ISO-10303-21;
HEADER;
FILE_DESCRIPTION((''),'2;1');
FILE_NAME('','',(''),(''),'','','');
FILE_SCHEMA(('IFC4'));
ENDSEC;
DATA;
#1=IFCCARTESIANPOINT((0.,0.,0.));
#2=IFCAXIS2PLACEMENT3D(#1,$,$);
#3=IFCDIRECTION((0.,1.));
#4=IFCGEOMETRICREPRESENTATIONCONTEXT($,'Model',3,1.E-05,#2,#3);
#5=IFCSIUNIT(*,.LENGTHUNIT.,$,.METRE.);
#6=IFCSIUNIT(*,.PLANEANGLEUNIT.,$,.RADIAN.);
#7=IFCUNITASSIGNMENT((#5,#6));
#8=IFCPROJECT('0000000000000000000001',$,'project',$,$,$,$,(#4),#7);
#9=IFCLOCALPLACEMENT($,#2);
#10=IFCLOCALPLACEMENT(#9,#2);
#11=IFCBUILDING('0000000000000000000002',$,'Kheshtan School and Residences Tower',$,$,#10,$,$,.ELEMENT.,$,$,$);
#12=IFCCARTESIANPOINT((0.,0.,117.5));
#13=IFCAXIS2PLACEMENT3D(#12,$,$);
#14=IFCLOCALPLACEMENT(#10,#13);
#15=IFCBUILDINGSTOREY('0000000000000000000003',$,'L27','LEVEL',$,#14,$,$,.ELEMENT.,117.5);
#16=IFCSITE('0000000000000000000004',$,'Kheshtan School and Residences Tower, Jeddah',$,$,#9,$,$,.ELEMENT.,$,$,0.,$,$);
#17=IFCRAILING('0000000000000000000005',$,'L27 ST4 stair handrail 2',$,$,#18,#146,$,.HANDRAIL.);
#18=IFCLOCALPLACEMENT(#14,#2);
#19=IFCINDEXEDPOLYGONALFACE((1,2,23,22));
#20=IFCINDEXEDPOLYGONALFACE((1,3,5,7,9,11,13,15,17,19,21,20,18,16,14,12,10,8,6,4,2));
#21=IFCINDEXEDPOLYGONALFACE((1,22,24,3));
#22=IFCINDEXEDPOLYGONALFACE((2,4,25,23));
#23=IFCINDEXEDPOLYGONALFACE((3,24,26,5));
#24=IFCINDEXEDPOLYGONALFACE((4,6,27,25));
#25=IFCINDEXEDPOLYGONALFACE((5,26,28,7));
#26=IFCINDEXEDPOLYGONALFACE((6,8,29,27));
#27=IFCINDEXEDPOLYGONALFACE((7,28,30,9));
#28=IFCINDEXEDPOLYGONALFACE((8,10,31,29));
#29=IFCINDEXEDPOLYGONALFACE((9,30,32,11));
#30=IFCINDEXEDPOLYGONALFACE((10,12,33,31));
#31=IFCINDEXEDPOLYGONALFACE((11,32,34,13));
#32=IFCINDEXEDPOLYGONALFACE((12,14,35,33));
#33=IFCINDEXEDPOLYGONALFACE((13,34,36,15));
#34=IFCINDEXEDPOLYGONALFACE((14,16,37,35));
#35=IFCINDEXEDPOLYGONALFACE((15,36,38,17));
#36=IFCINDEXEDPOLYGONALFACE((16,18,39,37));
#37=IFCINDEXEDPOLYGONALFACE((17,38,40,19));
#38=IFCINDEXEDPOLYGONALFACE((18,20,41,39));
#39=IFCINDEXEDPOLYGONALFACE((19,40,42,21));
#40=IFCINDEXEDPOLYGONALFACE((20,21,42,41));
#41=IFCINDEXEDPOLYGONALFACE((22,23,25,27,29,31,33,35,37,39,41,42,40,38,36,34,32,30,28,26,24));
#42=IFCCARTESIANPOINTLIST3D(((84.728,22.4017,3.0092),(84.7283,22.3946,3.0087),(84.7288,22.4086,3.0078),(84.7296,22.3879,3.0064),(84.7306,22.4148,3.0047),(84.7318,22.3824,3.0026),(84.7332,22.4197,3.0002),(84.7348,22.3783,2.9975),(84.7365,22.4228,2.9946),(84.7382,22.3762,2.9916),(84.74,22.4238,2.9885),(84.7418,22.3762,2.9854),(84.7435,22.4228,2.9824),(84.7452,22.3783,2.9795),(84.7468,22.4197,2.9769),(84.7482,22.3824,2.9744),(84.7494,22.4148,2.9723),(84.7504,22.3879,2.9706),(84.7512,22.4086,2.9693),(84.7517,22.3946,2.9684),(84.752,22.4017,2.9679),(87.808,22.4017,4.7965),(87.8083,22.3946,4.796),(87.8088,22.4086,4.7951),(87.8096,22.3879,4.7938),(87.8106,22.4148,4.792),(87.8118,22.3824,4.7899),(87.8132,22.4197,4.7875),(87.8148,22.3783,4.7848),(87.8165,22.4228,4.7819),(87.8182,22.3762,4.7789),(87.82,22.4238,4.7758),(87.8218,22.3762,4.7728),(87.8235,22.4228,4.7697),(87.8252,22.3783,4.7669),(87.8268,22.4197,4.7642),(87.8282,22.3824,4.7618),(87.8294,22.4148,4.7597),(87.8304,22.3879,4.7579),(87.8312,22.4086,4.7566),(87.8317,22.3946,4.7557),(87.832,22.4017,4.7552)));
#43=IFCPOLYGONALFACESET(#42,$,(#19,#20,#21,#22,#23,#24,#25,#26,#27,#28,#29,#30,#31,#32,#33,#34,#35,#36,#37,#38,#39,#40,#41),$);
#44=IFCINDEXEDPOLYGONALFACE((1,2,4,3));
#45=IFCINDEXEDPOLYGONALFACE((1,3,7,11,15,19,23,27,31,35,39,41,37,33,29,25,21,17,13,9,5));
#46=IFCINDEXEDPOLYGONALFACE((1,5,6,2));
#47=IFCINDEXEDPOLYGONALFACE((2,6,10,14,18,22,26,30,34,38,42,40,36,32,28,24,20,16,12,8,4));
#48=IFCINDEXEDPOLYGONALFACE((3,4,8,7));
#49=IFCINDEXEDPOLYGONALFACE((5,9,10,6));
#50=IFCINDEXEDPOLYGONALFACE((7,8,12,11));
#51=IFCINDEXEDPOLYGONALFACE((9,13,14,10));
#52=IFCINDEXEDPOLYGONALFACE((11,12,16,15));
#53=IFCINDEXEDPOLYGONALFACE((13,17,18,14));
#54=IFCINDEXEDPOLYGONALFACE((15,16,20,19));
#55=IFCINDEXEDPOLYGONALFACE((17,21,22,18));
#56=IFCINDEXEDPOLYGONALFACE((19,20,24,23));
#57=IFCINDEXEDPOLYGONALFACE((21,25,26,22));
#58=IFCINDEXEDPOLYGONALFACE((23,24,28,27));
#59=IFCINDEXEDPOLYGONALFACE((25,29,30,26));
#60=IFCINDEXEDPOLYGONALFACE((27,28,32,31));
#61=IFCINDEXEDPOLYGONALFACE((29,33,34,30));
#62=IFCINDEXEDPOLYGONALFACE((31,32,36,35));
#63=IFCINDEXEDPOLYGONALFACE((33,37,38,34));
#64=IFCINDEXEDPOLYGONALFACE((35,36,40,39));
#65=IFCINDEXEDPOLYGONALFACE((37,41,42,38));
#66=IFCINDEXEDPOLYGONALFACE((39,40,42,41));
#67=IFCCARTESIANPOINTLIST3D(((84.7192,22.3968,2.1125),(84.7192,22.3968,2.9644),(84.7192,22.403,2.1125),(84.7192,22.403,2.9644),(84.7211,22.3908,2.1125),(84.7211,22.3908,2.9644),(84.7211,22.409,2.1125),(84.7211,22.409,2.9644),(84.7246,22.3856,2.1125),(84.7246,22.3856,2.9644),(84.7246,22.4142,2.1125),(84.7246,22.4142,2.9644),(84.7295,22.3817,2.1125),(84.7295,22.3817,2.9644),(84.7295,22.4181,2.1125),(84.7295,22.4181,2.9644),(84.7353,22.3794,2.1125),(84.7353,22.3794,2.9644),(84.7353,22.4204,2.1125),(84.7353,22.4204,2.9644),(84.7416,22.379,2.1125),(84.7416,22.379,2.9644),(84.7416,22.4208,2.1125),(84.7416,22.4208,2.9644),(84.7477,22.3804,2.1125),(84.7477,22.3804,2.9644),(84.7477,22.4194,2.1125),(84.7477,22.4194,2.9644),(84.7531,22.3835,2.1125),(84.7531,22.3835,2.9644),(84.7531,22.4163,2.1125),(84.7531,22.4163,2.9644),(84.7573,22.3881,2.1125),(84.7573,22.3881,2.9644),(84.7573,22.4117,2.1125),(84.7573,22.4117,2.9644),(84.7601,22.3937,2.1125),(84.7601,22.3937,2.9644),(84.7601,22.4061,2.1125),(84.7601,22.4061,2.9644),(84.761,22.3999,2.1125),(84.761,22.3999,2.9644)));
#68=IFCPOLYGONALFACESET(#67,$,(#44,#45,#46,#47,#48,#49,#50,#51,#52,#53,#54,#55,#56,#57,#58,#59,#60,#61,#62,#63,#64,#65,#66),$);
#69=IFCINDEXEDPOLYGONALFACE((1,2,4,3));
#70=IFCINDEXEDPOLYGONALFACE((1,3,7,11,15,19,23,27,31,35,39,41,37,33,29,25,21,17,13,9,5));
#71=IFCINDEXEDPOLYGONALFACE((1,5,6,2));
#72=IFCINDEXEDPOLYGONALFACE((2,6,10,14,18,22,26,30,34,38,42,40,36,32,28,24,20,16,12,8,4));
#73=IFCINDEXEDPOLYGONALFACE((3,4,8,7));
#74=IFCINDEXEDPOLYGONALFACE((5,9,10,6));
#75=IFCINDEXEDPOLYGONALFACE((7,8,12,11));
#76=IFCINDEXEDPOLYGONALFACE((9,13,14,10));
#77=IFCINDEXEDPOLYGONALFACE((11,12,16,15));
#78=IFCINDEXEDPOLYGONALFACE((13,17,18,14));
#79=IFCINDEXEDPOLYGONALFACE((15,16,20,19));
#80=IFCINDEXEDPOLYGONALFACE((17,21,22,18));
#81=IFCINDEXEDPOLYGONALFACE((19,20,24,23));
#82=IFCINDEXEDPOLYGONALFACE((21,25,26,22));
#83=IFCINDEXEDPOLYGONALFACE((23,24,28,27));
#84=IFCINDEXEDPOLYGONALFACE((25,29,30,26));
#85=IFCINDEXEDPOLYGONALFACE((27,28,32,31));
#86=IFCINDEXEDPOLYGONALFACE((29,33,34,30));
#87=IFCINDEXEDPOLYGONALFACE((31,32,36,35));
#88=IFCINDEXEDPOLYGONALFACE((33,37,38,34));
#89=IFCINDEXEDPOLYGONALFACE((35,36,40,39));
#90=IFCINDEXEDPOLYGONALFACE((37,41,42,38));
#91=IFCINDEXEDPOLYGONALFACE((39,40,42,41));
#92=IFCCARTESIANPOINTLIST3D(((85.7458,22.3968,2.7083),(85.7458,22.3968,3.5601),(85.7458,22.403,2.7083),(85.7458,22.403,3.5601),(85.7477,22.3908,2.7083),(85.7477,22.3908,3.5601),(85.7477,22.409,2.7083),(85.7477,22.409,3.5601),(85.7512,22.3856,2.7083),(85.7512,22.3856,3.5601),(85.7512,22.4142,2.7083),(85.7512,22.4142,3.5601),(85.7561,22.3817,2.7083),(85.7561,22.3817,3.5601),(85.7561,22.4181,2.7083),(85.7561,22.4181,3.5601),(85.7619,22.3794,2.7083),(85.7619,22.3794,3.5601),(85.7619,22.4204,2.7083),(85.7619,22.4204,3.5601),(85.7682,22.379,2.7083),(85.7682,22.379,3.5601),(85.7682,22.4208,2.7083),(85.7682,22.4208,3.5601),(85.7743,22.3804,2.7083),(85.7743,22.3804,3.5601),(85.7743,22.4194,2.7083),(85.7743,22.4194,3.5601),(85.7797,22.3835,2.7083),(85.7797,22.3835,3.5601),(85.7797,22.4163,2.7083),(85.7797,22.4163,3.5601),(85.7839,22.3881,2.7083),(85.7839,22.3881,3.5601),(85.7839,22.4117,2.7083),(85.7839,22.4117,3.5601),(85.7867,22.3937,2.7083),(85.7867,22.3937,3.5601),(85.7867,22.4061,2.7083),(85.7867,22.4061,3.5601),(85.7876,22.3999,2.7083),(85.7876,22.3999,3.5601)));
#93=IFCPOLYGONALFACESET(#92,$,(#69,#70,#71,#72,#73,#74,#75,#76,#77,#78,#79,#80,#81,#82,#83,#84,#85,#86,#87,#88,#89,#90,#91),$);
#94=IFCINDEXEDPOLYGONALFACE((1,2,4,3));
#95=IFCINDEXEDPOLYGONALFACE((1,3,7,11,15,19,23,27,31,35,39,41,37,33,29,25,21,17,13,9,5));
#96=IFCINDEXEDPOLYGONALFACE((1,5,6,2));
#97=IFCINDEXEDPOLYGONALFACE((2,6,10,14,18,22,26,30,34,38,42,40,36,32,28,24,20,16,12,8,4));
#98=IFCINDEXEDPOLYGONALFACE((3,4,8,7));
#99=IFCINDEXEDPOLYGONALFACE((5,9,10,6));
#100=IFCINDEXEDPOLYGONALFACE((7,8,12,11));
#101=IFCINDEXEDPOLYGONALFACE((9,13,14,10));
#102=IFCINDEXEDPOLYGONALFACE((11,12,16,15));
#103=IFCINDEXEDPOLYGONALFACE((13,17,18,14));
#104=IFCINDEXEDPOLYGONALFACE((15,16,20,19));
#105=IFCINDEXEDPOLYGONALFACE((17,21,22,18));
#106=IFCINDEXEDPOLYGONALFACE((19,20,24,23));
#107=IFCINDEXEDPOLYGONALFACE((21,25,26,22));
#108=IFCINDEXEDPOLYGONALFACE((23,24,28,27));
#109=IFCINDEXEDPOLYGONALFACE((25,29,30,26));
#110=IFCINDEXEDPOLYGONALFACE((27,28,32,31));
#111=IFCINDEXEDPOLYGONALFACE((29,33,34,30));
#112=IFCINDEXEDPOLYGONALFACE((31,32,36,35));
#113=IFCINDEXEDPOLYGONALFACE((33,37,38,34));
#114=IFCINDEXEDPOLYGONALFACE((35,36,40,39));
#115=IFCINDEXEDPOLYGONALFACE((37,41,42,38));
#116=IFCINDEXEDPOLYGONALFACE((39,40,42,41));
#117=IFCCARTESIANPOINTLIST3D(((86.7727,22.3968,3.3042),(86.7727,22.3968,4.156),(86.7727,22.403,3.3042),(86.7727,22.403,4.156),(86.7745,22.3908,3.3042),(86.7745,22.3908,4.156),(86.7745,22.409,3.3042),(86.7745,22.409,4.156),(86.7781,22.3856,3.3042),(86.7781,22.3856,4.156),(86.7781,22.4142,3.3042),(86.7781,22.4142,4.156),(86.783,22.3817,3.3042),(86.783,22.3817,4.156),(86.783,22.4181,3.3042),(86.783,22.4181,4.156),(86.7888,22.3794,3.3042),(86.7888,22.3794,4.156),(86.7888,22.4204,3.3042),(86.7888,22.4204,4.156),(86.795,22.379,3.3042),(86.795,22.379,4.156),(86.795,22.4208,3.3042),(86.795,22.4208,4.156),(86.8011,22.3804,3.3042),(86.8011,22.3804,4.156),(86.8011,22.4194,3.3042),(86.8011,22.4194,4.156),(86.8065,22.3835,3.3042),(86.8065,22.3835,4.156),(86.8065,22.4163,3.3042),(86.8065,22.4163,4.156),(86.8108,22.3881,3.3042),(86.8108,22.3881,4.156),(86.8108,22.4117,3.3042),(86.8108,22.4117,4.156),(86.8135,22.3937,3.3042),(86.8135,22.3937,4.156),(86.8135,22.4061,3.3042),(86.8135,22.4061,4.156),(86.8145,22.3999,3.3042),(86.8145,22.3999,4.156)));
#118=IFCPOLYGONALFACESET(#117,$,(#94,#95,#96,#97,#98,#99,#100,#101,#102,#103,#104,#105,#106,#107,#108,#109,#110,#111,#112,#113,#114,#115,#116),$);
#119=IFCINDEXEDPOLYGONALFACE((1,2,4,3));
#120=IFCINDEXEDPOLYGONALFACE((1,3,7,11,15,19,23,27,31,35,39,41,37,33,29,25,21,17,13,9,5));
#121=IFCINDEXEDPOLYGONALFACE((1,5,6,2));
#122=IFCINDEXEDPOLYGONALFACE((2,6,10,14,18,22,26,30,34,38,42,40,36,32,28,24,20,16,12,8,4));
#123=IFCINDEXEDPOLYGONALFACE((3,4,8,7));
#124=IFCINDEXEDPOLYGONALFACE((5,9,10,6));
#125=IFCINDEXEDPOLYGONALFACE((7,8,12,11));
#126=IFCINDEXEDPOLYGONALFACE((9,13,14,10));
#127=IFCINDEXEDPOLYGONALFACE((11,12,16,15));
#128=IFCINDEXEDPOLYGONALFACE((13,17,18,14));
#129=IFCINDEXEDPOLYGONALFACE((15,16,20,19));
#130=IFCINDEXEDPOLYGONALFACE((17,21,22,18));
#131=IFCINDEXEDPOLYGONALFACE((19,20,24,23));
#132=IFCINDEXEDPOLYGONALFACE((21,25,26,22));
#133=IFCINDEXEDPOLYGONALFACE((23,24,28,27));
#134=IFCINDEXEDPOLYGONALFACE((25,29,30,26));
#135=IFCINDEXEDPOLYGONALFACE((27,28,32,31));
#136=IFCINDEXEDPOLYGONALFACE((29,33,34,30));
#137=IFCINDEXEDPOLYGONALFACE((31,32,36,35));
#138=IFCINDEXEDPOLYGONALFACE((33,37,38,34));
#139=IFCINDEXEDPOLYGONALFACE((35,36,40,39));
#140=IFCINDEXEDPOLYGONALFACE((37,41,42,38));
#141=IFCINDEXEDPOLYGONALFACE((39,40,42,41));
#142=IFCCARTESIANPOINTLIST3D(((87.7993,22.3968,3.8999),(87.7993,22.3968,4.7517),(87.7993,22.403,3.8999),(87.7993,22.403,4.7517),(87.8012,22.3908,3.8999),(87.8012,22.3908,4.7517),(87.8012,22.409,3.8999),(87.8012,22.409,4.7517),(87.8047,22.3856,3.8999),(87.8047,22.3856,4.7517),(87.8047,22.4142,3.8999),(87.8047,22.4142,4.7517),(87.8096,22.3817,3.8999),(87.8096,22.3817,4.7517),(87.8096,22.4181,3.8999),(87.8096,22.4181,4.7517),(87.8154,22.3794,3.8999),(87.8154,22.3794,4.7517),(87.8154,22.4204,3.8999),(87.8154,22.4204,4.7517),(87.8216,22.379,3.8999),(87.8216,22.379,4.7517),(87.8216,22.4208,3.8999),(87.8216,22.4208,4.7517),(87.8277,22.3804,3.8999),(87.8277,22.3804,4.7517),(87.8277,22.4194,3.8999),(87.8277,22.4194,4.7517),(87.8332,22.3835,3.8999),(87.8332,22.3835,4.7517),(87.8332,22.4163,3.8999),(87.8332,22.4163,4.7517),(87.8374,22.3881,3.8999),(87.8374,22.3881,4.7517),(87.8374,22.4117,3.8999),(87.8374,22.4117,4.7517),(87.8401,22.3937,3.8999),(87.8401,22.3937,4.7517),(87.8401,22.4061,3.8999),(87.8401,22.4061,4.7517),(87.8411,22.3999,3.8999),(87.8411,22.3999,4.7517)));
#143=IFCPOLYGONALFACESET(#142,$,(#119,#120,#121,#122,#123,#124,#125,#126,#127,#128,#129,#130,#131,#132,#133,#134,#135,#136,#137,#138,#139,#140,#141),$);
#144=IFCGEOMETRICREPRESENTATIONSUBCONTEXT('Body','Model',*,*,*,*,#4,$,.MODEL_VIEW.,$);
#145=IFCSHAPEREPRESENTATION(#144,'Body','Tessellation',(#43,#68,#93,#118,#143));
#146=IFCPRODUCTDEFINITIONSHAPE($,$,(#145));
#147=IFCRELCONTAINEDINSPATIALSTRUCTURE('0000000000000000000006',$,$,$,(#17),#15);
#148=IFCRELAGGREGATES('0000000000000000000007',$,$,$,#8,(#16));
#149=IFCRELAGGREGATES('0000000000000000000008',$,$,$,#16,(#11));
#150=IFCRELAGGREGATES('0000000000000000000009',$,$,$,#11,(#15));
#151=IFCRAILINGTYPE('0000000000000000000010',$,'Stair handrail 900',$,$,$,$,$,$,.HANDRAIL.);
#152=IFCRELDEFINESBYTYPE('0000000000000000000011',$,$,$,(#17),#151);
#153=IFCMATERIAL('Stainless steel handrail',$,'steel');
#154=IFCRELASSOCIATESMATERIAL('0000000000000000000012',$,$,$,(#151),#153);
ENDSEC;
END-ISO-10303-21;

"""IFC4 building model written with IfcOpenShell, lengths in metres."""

from ifc_helpers import new_model, si_unit, direction, frame, origin, origin_2d, place, context, subcontext, project, spatial, circle, extrude, material, type_object, element, save


model = new_model("IFC4")

# Units and contexts
model_context = context("Model", 3, precision=1e-05, world=origin(), true_north=direction((0.0, 1.0)))
body_context = subcontext(model_context, "Body", "Model", "MODEL_VIEW")
ifc_project = project(units=[si_unit("LENGTHUNIT", "METRE"), si_unit("PLANEANGLEUNIT", "RADIAN")], contexts=[model_context])

# Site, building, storey
site_placement = place(None, origin())
site = spatial("IfcSite", under=ifc_project, at=site_placement, Name="Kheshtan School and Residences Tower, Jeddah", CompositionType="ELEMENT", RefElevation=0.0)
building_placement = place(site_placement, origin())
building = spatial("IfcBuilding", under=site, at=building_placement, Name="Kheshtan School and Residences Tower", CompositionType="ELEMENT")
storey_placement = place(building_placement, frame((0.0, 0.0, 117.5)))
storey = spatial("IfcBuildingStorey", under=building, at=storey_placement, Name="L27", Description="LEVEL", CompositionType="ELEMENT", Elevation=117.5)

# Railing
ifc_material_1 = material(Name="Stainless steel handrail", Category="steel")
railing_type_1 = type_object("IfcRailingType", Name="Stair handrail 900", PredefinedType="HANDRAIL", material=ifc_material_1)
railing_1_placement = place(storey_placement, frame((84.74, 22.3999, 2.1125)))
element("IfcRailing", 1, at=railing_1_placement, inside=storey, type_object=railing_type_1, Name="L27 ST4 stair handrail 2", PredefinedType="HANDRAIL", context=body_context, shape_type="SweptSolid", body=[
    extrude(circle(Radius=0.0239, at=origin_2d()), frame((0.0, 0.0, 0.876), z_axis=(0.86492, 0.0, 0.501909), x_axis=(0.0, 1.0, 0.0)), (0.0, 0.0, 1.0), 3.561),
    extrude(circle(Radius=0.021, at=origin_2d()), origin(), (0.0, 0.0, 1.0), 0.8518),
    extrude(circle(Radius=0.021, at=origin_2d()), frame((1.0266, 0.0, 0.5957)), (0.0, 0.0, 1.0), 0.8518),
    extrude(circle(Radius=0.021, at=origin_2d()), frame((2.0535, 0.0, 1.1917)), (0.0, 0.0, 1.0), 0.8518),
    extrude(circle(Radius=0.021, at=origin_2d()), frame((3.0801, 0.0, 1.7874)), (0.0, 0.0, 1.0), 0.8518),
])

save(model, "model.ifc")
